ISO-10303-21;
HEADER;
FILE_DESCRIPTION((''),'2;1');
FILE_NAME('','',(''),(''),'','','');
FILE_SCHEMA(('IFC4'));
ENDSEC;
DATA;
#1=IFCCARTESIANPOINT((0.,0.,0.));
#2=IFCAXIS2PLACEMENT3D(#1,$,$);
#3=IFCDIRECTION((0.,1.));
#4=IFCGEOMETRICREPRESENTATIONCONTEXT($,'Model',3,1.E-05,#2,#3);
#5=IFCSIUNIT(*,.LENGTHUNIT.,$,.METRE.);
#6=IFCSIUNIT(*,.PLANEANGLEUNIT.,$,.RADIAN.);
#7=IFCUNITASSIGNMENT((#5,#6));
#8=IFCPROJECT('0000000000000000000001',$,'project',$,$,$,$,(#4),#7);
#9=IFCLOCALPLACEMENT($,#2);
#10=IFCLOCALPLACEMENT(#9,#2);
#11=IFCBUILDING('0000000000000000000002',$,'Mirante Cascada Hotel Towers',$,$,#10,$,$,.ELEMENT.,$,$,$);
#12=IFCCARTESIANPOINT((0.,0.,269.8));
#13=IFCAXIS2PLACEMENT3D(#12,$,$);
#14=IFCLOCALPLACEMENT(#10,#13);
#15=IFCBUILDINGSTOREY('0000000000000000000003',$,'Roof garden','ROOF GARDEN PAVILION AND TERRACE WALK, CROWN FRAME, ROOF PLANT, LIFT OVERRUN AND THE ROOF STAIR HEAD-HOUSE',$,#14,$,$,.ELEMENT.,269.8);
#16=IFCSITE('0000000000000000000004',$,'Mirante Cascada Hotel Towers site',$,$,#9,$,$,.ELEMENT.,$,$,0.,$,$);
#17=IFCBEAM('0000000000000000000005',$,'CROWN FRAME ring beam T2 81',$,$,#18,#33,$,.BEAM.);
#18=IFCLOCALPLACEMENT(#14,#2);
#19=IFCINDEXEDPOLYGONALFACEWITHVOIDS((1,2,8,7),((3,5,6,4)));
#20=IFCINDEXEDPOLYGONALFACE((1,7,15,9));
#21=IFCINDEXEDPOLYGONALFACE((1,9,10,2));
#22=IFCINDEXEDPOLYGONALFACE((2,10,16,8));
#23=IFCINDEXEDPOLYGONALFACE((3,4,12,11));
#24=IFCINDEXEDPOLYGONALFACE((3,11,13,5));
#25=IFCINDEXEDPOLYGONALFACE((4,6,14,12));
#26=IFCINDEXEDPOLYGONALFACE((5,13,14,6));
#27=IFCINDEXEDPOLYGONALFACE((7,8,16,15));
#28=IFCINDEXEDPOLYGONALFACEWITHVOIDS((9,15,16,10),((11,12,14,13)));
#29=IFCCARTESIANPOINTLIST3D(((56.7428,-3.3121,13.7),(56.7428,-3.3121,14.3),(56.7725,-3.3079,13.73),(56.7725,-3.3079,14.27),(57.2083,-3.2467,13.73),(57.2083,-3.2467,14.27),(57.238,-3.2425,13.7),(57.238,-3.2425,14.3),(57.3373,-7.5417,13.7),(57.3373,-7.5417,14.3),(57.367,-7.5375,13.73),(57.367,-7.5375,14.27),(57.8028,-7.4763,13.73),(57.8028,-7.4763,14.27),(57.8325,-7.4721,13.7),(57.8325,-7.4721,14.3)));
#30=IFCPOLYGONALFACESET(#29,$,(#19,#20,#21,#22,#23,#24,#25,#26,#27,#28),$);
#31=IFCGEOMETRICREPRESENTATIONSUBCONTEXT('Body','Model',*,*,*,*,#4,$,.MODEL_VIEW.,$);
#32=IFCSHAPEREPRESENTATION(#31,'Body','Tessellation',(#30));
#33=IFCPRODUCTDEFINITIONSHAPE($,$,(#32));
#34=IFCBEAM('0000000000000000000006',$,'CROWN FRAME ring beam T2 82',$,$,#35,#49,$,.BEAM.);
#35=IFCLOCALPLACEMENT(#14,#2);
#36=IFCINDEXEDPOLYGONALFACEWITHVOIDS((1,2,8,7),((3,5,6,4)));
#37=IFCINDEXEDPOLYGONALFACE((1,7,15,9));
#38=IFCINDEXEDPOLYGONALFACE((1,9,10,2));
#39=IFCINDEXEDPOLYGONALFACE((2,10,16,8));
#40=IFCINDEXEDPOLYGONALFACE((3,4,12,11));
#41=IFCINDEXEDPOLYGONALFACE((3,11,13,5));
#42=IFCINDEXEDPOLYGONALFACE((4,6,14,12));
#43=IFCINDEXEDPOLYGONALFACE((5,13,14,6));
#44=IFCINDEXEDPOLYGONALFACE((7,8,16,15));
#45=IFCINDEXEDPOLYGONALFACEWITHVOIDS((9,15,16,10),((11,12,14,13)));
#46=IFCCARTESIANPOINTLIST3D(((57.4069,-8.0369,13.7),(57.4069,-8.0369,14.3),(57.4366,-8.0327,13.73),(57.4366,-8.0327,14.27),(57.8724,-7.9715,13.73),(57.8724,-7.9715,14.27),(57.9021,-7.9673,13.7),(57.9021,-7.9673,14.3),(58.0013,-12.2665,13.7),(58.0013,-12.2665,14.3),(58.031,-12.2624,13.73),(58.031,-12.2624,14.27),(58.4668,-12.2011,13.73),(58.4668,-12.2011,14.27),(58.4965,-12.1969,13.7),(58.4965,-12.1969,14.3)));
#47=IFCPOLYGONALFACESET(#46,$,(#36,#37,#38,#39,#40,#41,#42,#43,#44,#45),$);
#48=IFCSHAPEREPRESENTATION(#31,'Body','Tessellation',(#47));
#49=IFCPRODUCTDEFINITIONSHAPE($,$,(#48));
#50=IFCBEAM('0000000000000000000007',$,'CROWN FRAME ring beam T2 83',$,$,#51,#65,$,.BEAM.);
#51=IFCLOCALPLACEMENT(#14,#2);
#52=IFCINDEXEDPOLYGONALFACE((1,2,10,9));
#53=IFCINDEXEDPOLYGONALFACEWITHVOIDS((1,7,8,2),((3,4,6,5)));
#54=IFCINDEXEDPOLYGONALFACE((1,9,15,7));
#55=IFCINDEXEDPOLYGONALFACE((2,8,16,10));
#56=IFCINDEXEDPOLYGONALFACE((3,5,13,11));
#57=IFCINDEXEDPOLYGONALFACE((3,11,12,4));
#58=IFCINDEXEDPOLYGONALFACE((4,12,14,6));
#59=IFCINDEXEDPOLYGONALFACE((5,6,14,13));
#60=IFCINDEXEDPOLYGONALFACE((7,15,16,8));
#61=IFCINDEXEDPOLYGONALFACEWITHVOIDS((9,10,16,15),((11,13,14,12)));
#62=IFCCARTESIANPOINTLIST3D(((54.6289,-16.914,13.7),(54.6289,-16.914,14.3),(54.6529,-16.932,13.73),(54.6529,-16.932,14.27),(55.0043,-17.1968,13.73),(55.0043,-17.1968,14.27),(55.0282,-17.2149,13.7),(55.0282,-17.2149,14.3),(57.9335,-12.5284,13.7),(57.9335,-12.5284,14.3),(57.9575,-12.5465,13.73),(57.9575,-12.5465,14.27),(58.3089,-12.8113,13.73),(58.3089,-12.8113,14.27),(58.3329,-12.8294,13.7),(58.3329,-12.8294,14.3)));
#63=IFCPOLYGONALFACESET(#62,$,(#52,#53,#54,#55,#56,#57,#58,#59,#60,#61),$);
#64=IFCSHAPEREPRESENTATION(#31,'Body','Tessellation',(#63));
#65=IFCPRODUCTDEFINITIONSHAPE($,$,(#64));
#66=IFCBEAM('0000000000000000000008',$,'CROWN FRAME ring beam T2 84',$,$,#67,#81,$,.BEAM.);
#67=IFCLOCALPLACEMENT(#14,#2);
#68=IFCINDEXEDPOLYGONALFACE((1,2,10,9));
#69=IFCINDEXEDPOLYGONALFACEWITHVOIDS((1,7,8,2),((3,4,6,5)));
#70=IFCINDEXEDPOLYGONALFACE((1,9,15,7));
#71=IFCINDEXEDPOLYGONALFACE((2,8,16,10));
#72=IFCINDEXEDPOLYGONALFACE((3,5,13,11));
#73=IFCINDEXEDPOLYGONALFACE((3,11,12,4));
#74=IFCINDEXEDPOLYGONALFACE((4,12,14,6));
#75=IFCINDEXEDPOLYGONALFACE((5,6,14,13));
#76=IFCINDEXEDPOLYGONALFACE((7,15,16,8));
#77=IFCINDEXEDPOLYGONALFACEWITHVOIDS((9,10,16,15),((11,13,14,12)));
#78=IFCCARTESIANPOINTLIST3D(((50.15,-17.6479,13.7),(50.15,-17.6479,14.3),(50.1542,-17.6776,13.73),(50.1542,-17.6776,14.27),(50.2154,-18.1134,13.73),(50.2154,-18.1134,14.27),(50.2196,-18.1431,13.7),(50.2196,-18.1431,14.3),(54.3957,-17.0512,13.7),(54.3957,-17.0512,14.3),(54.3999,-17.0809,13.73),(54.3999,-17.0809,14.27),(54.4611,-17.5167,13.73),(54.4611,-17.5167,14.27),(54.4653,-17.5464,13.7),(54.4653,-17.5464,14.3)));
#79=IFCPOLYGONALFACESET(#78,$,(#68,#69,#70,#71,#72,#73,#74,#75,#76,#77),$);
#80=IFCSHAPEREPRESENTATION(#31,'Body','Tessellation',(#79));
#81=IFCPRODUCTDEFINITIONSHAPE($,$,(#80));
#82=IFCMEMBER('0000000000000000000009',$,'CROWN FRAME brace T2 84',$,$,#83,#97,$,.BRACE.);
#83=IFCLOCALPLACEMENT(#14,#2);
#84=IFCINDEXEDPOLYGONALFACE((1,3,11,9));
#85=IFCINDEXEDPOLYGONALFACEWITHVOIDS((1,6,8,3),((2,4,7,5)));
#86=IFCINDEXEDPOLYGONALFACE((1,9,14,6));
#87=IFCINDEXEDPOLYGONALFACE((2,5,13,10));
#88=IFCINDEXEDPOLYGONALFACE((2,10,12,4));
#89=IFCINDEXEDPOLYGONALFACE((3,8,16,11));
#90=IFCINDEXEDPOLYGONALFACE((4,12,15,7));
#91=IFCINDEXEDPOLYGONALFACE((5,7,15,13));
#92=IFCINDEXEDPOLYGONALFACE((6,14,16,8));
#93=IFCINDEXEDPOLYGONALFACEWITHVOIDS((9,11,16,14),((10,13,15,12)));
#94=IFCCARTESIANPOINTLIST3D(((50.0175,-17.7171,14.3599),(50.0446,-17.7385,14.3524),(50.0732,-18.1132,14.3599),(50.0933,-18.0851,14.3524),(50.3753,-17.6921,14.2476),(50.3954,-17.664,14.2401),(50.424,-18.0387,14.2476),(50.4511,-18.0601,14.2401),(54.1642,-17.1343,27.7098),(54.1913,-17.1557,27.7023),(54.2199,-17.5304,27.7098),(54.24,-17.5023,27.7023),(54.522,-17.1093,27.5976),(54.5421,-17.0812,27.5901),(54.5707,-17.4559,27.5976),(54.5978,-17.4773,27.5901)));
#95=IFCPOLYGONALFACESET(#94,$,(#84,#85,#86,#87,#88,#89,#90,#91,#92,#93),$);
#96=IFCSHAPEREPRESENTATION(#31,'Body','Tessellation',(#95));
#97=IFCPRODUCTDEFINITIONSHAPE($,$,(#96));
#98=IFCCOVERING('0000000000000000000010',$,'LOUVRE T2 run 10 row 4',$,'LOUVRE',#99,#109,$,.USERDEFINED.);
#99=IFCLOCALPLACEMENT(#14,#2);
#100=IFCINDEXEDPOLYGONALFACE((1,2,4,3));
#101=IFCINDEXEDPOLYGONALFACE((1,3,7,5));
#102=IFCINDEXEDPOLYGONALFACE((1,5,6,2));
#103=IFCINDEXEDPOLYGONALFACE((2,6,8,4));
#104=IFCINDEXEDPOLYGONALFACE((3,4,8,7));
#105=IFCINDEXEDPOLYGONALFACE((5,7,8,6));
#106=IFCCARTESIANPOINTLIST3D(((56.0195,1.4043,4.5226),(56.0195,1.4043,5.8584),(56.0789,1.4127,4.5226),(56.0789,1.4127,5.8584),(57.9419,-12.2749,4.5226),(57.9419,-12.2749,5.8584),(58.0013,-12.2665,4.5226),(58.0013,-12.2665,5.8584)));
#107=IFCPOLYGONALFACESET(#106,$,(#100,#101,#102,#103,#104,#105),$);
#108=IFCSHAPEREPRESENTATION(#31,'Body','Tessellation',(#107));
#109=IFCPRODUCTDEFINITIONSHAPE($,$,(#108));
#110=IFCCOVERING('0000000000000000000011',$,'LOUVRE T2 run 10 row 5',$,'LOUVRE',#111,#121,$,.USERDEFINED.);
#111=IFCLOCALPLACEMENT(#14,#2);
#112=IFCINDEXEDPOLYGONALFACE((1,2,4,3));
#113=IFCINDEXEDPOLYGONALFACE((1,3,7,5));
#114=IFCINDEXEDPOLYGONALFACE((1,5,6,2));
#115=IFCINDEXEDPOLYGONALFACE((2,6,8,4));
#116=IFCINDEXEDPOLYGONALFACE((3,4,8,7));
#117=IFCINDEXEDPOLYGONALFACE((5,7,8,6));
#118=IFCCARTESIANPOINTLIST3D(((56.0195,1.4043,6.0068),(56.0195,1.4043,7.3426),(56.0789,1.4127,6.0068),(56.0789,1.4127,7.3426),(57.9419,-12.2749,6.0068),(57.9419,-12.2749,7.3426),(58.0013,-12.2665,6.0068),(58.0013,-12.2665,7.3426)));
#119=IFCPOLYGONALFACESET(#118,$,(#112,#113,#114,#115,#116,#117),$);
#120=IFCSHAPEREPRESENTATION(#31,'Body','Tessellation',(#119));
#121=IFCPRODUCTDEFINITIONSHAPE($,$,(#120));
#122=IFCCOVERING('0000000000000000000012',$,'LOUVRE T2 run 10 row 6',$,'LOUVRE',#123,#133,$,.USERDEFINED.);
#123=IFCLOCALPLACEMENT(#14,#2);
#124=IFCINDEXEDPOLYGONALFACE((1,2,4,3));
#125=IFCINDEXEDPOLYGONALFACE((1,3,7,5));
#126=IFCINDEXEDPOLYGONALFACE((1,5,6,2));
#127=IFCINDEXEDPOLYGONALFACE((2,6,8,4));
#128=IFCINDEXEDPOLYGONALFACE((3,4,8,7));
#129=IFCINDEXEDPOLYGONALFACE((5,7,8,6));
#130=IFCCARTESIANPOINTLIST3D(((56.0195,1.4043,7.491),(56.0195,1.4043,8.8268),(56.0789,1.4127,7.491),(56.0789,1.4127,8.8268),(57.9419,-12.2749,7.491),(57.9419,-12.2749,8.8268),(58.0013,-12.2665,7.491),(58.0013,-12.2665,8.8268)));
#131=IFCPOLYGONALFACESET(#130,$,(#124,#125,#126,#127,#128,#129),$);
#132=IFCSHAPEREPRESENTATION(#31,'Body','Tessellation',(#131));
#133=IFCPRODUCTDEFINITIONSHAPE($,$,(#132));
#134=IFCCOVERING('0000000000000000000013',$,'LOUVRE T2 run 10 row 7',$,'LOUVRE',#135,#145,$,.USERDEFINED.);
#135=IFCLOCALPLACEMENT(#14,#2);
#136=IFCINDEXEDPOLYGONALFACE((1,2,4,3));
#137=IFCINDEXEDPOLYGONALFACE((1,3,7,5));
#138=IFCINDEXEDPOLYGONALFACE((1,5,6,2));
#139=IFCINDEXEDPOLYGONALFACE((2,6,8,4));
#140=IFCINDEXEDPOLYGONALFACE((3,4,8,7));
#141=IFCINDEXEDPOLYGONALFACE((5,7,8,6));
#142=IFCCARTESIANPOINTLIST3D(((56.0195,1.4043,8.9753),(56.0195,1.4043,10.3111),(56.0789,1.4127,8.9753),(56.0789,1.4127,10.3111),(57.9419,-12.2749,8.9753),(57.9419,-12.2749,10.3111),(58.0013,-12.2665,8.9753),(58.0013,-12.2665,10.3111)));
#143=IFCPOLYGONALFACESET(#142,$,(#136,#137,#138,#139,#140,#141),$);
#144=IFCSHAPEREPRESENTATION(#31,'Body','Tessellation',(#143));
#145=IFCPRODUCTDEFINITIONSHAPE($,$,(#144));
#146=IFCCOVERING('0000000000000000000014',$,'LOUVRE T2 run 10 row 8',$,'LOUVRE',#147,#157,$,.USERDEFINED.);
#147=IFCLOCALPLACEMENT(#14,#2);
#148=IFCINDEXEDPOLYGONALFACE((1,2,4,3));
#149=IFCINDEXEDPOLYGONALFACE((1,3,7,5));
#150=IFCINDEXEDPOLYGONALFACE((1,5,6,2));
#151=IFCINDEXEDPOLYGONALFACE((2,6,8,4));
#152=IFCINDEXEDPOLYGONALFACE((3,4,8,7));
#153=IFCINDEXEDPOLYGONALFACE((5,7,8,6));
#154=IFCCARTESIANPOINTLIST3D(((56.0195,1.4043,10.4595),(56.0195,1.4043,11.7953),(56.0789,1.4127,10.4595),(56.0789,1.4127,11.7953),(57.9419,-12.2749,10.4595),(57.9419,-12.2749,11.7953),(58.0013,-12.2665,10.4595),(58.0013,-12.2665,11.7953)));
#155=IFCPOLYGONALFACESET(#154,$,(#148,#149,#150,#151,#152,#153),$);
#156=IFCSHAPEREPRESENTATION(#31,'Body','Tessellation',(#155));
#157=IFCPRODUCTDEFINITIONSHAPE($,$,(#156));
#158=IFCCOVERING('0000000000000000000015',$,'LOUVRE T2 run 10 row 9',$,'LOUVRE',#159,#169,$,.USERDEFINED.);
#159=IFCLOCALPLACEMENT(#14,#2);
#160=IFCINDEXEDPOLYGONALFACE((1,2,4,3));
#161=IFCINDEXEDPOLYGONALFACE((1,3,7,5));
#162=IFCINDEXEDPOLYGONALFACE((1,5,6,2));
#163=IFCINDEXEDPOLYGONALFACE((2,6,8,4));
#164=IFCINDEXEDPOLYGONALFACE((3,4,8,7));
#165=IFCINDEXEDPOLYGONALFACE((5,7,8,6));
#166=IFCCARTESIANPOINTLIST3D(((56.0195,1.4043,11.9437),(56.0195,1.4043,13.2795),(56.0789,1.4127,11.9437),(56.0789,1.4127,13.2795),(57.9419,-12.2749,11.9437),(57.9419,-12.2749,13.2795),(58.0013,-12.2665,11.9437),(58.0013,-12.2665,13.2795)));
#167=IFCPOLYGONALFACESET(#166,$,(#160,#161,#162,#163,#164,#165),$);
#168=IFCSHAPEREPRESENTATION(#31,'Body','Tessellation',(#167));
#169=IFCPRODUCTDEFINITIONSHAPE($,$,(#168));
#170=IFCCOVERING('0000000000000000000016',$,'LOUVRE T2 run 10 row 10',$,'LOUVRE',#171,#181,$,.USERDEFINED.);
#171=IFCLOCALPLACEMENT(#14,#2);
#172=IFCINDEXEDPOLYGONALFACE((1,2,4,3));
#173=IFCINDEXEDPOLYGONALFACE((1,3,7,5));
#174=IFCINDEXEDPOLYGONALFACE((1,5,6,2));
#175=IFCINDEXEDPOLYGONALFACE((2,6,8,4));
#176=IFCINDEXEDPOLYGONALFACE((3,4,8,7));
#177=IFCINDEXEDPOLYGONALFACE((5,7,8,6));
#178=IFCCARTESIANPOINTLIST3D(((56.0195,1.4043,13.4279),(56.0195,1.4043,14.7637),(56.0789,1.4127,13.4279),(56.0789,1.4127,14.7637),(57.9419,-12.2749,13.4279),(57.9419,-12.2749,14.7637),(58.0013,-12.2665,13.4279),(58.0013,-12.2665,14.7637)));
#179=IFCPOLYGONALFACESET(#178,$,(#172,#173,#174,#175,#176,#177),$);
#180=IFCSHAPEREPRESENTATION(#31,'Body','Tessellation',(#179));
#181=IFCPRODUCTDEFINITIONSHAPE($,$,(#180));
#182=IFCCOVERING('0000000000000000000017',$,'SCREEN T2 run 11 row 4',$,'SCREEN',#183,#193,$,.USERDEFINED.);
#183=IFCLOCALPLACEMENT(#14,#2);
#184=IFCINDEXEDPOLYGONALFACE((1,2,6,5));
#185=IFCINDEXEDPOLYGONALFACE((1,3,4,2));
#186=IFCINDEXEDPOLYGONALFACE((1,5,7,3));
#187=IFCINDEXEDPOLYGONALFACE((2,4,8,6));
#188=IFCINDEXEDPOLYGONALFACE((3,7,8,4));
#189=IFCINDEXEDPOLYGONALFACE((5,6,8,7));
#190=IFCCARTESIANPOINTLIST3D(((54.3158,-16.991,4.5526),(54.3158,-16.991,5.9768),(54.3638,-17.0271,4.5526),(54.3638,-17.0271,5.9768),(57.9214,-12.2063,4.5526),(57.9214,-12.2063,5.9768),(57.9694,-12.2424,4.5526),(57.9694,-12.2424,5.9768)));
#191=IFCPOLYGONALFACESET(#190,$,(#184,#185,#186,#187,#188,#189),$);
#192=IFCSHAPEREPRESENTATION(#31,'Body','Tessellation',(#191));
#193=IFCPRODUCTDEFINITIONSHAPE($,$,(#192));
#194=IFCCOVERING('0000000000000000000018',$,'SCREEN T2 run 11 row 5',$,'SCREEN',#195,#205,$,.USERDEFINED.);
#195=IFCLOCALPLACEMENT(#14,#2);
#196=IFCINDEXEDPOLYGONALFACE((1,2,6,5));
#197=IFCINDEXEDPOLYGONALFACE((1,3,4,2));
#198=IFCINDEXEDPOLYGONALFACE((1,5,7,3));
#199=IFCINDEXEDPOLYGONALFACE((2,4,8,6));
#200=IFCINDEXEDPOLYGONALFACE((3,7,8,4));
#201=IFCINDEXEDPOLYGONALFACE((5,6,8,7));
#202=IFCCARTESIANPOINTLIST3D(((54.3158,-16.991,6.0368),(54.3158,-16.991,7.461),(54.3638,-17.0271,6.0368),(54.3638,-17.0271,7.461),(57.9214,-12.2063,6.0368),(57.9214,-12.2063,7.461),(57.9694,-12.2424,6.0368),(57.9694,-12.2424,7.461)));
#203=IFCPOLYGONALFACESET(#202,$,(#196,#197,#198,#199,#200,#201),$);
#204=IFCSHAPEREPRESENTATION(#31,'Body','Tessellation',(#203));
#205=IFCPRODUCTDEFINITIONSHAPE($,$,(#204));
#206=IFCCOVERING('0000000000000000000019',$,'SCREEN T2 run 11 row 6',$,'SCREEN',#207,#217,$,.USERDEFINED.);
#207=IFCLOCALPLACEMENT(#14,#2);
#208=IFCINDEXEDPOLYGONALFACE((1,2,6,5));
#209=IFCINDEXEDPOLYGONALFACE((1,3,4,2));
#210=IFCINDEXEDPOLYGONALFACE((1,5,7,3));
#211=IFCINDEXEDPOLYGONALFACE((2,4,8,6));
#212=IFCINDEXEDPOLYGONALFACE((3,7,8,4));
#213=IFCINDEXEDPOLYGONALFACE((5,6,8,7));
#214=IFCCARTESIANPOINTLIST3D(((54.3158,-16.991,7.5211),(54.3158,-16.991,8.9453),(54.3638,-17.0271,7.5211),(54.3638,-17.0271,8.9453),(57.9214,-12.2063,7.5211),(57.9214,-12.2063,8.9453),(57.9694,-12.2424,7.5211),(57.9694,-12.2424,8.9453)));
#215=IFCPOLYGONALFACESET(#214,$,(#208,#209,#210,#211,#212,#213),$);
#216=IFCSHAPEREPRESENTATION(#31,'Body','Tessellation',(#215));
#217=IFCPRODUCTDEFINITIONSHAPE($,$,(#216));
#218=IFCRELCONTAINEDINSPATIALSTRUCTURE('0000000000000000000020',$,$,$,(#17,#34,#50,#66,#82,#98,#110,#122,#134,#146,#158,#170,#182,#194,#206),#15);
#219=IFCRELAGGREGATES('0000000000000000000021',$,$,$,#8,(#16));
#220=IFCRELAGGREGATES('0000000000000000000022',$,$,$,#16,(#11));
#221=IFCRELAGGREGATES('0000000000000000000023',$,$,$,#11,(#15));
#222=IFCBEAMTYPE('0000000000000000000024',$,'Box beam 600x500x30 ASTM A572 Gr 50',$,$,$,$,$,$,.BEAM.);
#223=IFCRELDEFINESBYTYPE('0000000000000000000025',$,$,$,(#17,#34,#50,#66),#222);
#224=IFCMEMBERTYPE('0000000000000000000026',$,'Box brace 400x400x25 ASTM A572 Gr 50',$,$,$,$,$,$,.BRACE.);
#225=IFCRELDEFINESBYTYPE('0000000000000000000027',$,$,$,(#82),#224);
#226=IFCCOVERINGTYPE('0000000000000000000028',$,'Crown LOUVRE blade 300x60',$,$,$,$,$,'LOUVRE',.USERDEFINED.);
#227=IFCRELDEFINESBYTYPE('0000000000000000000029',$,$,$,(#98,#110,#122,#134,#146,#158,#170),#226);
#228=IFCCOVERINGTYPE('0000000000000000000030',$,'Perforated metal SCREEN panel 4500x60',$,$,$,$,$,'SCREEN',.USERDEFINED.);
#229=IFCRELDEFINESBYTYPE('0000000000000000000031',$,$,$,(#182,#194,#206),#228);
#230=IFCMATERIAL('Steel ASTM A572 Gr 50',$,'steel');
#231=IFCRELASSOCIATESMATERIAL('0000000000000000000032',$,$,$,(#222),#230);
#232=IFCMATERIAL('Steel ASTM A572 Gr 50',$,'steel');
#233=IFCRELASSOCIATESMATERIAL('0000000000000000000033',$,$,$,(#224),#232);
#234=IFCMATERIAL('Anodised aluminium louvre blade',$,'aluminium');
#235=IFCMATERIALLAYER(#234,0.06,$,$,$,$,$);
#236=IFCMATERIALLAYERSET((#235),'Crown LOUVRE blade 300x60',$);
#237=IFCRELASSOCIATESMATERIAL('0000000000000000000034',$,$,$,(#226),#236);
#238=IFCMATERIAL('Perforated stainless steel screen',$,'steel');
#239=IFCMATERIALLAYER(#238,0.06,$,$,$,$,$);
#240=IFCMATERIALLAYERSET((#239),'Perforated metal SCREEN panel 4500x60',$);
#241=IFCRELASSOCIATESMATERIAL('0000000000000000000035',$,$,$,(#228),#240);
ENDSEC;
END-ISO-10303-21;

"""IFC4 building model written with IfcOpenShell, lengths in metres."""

from ifc_helpers import new_model, si_unit, direction, frame, origin, origin_2d, place, context, subcontext, project, spatial, rectangle, hollow_rectangle, extrude, material, layer, layer_set, material_profile, profile_set, type_object, element, save


model = new_model("IFC4")

# Units and contexts
model_context = context("Model", 3, precision=1e-05, world=origin(), true_north=direction((0.0, 1.0)))
body_context = subcontext(model_context, "Body", "Model", "MODEL_VIEW")
ifc_project = project(units=[si_unit("LENGTHUNIT", "METRE"), si_unit("PLANEANGLEUNIT", "RADIAN")], contexts=[model_context])

# Site, building, storey
site_placement = place(None, origin())
site = spatial("IfcSite", under=ifc_project, at=site_placement, Name="Mirante Cascada Hotel Towers site", CompositionType="ELEMENT", RefElevation=0.0)
building_placement = place(site_placement, origin())
building = spatial("IfcBuilding", under=site, at=building_placement, Name="Mirante Cascada Hotel Towers", CompositionType="ELEMENT")
storey_placement = place(building_placement, frame((0.0, 0.0, 269.8)))
storey = spatial("IfcBuildingStorey", under=building, at=storey_placement, Name="Roof garden", Description="ROOF GARDEN PAVILION AND TERRACE WALK, CROWN FRAME, ROOF PLANT, LIFT OVERRUN AND THE ROOF STAIR HEAD-HOUSE", CompositionType="ELEMENT", Elevation=269.8)

# Beams
ifc_material_1 = material(Name="Steel ASTM A572 Gr 50", Category="steel")
ifc_material_profile_1 = material_profile(ifc_material_1, hollow_rectangle(XDim=0.5, YDim=0.6, WallThickness=0.03, at=origin_2d()), Name="Box beam 600x500x30 ASTM A572 Gr 50")
ifc_profile_set_1 = profile_set([ifc_material_profile_1], Name="Steel ASTM A572 Gr 50")
beam_type = type_object("IfcBeamType", Name="Box beam 600x500x30 ASTM A572 Gr 50", PredefinedType="BEAM", material=ifc_profile_set_1)
for number, where, z_axis, x_axis, name in (
    (1, (56.9904, -3.2773, 14.0), (0.139189, -0.990266, 0.0), (0.990266, 0.139189, 0.0), "CROWN FRAME ring beam T2 81"),
    (2, (57.6545, -8.0021, 14.0), (0.139166, -0.990269, 0.0), (0.990269, 0.139166, 0.0), "CROWN FRAME ring beam T2 82"),
):
    element("IfcBeam", number, at=place(storey_placement, frame(where, z_axis=z_axis, x_axis=x_axis)), inside=storey, type_object=beam_type, Name=name, PredefinedType="BEAM", context=body_context, shape_type="SweptSolid", body=[
        extrude(hollow_rectangle(XDim=0.5, YDim=0.6, WallThickness=0.03, at=origin_2d()), origin(), (0.0, 0.0, 1.0), 4.2712),
    ])
beam_1_placement = place(storey_placement, frame((58.1332, -12.6789, 14.0), z_axis=(-0.601802, -0.798645, 0.0), x_axis=(0.798645, -0.601802, 0.0)))
element("IfcBeam", 3, at=beam_1_placement, inside=storey, type_object=beam_type, Name="CROWN FRAME ring beam T2 83", PredefinedType="BEAM", context=body_context, shape_type="SweptSolid", body=[
    extrude(hollow_rectangle(XDim=0.5, YDim=0.6, WallThickness=0.03, at=origin_2d()), origin(), (0.0, 0.0, 1.0), 5.4912),
])
beam_2_placement = place(storey_placement, frame((54.4305, -17.2988, 14.0), z_axis=(-0.990268, -0.139174, 0.0), x_axis=(0.139174, -0.990268, 0.0)))
element("IfcBeam", 4, at=beam_2_placement, inside=storey, type_object=beam_type, Name="CROWN FRAME ring beam T2 84", PredefinedType="BEAM", context=body_context, shape_type="SweptSolid", body=[
    extrude(hollow_rectangle(XDim=0.5, YDim=0.6, WallThickness=0.03, at=origin_2d()), origin(), (0.0, 0.0, 1.0), 4.2874),
])

# Member
ifc_material_2 = material(Name="Steel ASTM A572 Gr 50", Category="steel")
ifc_material_profile_2 = material_profile(ifc_material_2, hollow_rectangle(XDim=0.4, YDim=0.4, WallThickness=0.025, at=origin_2d()), Name="Box brace 400x400x25 ASTM A572 Gr 50")
ifc_profile_set_2 = profile_set([ifc_material_profile_2], Name="Steel ASTM A572 Gr 50")
member_type = type_object("IfcMemberType", Name="Box brace 400x400x25 ASTM A572 Gr 50", PredefinedType="BRACE", material=ifc_profile_set_2)
member_placement = place(storey_placement, frame((50.2343, -17.8886, 14.3), z_axis=(0.296376, 0.041654, 0.954162), x_axis=(-0.139178, 0.990267, 0.0)))
element("IfcMember", 5, at=member_placement, inside=storey, type_object=member_type, Name="CROWN FRAME brace T2 84", PredefinedType="BRACE", context=body_context, shape_type="SweptSolid", body=[
    extrude(hollow_rectangle(XDim=0.4, YDim=0.4, WallThickness=0.025, at=origin_2d()), origin(), (0.0, 0.0, 1.0), 13.9913),
])

# Coverings
ifc_material_3 = material(Name="Anodised aluminium louvre blade", Category="aluminium")
ifc_layer_1 = layer(ifc_material_3, 0.06)
ifc_layer_set_1 = layer_set([ifc_layer_1], Name="Crown LOUVRE blade 300x60")
covering_type_1 = type_object("IfcCoveringType", Name="Crown LOUVRE blade 300x60", ElementType="LOUVRE", PredefinedType="USERDEFINED", material=ifc_layer_set_1)
for number, where, z_axis, x_axis, name in (
    (6, (57.0104, -5.4311, 4.5226), (0.0, 0.0, 1.0), (0.139173, -0.990268, 0.0), "LOUVRE T2 run 10 row 4"),
    (7, (57.0104, -5.4311, 6.0068), (0.0, 0.0, 1.0), (0.139173, -0.990268, 0.0), "LOUVRE T2 run 10 row 5"),
    (8, (57.0104, -5.4311, 7.491), (0.0, 0.0, 1.0), (0.139173, -0.990268, 0.0), "LOUVRE T2 run 10 row 6"),
    (9, (57.0104, -5.4311, 8.9753), (0.0, 0.0, 1.0), (0.139173, -0.990268, 0.0), "LOUVRE T2 run 10 row 7"),
    (10, (57.0104, -5.4311, 10.4595), (0.0, 0.0, 1.0), (0.139173, -0.990268, 0.0), "LOUVRE T2 run 10 row 8"),
    (11, (57.0104, -5.4311, 11.9437), (0.0, 0.0, 1.0), (0.139173, -0.990268, 0.0), "LOUVRE T2 run 10 row 9"),
    (12, (57.0104, -5.4311, 13.4279), (0.0, 0.0, 1.0), (0.139173, -0.990268, 0.0), "LOUVRE T2 run 10 row 10"),
):
    element("IfcCovering", number, at=place(storey_placement, frame(where, z_axis=z_axis, x_axis=x_axis)), inside=storey, type_object=covering_type_1, Name=name, ObjectType="LOUVRE", PredefinedType="USERDEFINED", context=body_context, shape_type="SweptSolid", body=[
        extrude(rectangle(XDim=13.8136, YDim=0.06, at=origin_2d()), origin(), (0.0, 0.0, 1.0), 1.3358),
    ])
ifc_material_4 = material(Name="Perforated stainless steel screen", Category="steel")
ifc_layer_2 = layer(ifc_material_4, 0.06)
ifc_layer_set_2 = layer_set([ifc_layer_2], Name="Perforated metal SCREEN panel 4500x60")
covering_type_2 = type_object("IfcCoveringType", Name="Perforated metal SCREEN panel 4500x60", ElementType="SCREEN", PredefinedType="USERDEFINED", material=ifc_layer_set_2)
for number, where, z_axis, x_axis, name in (
    (13, (56.1426, -14.6167, 4.5526), (0.0, 0.0, 1.0), (-0.601815, -0.798636, 0.0), "SCREEN T2 run 11 row 4"),
    (14, (56.1426, -14.6167, 6.0368), (0.0, 0.0, 1.0), (-0.601815, -0.798636, 0.0), "SCREEN T2 run 11 row 5"),
    (15, (56.1426, -14.6167, 7.5211), (0.0, 0.0, 1.0), (-0.601815, -0.798636, 0.0), "SCREEN T2 run 11 row 6"),
):
    element("IfcCovering", number, at=place(storey_placement, frame(where, z_axis=z_axis, x_axis=x_axis)), inside=storey, type_object=covering_type_2, Name=name, ObjectType="SCREEN", PredefinedType="USERDEFINED", context=body_context, shape_type="SweptSolid", body=[
        extrude(rectangle(XDim=5.9912, YDim=0.06, at=origin_2d()), origin(), (0.0, 0.0, 1.0), 1.4242),
    ])

save(model, "model.ifc")
